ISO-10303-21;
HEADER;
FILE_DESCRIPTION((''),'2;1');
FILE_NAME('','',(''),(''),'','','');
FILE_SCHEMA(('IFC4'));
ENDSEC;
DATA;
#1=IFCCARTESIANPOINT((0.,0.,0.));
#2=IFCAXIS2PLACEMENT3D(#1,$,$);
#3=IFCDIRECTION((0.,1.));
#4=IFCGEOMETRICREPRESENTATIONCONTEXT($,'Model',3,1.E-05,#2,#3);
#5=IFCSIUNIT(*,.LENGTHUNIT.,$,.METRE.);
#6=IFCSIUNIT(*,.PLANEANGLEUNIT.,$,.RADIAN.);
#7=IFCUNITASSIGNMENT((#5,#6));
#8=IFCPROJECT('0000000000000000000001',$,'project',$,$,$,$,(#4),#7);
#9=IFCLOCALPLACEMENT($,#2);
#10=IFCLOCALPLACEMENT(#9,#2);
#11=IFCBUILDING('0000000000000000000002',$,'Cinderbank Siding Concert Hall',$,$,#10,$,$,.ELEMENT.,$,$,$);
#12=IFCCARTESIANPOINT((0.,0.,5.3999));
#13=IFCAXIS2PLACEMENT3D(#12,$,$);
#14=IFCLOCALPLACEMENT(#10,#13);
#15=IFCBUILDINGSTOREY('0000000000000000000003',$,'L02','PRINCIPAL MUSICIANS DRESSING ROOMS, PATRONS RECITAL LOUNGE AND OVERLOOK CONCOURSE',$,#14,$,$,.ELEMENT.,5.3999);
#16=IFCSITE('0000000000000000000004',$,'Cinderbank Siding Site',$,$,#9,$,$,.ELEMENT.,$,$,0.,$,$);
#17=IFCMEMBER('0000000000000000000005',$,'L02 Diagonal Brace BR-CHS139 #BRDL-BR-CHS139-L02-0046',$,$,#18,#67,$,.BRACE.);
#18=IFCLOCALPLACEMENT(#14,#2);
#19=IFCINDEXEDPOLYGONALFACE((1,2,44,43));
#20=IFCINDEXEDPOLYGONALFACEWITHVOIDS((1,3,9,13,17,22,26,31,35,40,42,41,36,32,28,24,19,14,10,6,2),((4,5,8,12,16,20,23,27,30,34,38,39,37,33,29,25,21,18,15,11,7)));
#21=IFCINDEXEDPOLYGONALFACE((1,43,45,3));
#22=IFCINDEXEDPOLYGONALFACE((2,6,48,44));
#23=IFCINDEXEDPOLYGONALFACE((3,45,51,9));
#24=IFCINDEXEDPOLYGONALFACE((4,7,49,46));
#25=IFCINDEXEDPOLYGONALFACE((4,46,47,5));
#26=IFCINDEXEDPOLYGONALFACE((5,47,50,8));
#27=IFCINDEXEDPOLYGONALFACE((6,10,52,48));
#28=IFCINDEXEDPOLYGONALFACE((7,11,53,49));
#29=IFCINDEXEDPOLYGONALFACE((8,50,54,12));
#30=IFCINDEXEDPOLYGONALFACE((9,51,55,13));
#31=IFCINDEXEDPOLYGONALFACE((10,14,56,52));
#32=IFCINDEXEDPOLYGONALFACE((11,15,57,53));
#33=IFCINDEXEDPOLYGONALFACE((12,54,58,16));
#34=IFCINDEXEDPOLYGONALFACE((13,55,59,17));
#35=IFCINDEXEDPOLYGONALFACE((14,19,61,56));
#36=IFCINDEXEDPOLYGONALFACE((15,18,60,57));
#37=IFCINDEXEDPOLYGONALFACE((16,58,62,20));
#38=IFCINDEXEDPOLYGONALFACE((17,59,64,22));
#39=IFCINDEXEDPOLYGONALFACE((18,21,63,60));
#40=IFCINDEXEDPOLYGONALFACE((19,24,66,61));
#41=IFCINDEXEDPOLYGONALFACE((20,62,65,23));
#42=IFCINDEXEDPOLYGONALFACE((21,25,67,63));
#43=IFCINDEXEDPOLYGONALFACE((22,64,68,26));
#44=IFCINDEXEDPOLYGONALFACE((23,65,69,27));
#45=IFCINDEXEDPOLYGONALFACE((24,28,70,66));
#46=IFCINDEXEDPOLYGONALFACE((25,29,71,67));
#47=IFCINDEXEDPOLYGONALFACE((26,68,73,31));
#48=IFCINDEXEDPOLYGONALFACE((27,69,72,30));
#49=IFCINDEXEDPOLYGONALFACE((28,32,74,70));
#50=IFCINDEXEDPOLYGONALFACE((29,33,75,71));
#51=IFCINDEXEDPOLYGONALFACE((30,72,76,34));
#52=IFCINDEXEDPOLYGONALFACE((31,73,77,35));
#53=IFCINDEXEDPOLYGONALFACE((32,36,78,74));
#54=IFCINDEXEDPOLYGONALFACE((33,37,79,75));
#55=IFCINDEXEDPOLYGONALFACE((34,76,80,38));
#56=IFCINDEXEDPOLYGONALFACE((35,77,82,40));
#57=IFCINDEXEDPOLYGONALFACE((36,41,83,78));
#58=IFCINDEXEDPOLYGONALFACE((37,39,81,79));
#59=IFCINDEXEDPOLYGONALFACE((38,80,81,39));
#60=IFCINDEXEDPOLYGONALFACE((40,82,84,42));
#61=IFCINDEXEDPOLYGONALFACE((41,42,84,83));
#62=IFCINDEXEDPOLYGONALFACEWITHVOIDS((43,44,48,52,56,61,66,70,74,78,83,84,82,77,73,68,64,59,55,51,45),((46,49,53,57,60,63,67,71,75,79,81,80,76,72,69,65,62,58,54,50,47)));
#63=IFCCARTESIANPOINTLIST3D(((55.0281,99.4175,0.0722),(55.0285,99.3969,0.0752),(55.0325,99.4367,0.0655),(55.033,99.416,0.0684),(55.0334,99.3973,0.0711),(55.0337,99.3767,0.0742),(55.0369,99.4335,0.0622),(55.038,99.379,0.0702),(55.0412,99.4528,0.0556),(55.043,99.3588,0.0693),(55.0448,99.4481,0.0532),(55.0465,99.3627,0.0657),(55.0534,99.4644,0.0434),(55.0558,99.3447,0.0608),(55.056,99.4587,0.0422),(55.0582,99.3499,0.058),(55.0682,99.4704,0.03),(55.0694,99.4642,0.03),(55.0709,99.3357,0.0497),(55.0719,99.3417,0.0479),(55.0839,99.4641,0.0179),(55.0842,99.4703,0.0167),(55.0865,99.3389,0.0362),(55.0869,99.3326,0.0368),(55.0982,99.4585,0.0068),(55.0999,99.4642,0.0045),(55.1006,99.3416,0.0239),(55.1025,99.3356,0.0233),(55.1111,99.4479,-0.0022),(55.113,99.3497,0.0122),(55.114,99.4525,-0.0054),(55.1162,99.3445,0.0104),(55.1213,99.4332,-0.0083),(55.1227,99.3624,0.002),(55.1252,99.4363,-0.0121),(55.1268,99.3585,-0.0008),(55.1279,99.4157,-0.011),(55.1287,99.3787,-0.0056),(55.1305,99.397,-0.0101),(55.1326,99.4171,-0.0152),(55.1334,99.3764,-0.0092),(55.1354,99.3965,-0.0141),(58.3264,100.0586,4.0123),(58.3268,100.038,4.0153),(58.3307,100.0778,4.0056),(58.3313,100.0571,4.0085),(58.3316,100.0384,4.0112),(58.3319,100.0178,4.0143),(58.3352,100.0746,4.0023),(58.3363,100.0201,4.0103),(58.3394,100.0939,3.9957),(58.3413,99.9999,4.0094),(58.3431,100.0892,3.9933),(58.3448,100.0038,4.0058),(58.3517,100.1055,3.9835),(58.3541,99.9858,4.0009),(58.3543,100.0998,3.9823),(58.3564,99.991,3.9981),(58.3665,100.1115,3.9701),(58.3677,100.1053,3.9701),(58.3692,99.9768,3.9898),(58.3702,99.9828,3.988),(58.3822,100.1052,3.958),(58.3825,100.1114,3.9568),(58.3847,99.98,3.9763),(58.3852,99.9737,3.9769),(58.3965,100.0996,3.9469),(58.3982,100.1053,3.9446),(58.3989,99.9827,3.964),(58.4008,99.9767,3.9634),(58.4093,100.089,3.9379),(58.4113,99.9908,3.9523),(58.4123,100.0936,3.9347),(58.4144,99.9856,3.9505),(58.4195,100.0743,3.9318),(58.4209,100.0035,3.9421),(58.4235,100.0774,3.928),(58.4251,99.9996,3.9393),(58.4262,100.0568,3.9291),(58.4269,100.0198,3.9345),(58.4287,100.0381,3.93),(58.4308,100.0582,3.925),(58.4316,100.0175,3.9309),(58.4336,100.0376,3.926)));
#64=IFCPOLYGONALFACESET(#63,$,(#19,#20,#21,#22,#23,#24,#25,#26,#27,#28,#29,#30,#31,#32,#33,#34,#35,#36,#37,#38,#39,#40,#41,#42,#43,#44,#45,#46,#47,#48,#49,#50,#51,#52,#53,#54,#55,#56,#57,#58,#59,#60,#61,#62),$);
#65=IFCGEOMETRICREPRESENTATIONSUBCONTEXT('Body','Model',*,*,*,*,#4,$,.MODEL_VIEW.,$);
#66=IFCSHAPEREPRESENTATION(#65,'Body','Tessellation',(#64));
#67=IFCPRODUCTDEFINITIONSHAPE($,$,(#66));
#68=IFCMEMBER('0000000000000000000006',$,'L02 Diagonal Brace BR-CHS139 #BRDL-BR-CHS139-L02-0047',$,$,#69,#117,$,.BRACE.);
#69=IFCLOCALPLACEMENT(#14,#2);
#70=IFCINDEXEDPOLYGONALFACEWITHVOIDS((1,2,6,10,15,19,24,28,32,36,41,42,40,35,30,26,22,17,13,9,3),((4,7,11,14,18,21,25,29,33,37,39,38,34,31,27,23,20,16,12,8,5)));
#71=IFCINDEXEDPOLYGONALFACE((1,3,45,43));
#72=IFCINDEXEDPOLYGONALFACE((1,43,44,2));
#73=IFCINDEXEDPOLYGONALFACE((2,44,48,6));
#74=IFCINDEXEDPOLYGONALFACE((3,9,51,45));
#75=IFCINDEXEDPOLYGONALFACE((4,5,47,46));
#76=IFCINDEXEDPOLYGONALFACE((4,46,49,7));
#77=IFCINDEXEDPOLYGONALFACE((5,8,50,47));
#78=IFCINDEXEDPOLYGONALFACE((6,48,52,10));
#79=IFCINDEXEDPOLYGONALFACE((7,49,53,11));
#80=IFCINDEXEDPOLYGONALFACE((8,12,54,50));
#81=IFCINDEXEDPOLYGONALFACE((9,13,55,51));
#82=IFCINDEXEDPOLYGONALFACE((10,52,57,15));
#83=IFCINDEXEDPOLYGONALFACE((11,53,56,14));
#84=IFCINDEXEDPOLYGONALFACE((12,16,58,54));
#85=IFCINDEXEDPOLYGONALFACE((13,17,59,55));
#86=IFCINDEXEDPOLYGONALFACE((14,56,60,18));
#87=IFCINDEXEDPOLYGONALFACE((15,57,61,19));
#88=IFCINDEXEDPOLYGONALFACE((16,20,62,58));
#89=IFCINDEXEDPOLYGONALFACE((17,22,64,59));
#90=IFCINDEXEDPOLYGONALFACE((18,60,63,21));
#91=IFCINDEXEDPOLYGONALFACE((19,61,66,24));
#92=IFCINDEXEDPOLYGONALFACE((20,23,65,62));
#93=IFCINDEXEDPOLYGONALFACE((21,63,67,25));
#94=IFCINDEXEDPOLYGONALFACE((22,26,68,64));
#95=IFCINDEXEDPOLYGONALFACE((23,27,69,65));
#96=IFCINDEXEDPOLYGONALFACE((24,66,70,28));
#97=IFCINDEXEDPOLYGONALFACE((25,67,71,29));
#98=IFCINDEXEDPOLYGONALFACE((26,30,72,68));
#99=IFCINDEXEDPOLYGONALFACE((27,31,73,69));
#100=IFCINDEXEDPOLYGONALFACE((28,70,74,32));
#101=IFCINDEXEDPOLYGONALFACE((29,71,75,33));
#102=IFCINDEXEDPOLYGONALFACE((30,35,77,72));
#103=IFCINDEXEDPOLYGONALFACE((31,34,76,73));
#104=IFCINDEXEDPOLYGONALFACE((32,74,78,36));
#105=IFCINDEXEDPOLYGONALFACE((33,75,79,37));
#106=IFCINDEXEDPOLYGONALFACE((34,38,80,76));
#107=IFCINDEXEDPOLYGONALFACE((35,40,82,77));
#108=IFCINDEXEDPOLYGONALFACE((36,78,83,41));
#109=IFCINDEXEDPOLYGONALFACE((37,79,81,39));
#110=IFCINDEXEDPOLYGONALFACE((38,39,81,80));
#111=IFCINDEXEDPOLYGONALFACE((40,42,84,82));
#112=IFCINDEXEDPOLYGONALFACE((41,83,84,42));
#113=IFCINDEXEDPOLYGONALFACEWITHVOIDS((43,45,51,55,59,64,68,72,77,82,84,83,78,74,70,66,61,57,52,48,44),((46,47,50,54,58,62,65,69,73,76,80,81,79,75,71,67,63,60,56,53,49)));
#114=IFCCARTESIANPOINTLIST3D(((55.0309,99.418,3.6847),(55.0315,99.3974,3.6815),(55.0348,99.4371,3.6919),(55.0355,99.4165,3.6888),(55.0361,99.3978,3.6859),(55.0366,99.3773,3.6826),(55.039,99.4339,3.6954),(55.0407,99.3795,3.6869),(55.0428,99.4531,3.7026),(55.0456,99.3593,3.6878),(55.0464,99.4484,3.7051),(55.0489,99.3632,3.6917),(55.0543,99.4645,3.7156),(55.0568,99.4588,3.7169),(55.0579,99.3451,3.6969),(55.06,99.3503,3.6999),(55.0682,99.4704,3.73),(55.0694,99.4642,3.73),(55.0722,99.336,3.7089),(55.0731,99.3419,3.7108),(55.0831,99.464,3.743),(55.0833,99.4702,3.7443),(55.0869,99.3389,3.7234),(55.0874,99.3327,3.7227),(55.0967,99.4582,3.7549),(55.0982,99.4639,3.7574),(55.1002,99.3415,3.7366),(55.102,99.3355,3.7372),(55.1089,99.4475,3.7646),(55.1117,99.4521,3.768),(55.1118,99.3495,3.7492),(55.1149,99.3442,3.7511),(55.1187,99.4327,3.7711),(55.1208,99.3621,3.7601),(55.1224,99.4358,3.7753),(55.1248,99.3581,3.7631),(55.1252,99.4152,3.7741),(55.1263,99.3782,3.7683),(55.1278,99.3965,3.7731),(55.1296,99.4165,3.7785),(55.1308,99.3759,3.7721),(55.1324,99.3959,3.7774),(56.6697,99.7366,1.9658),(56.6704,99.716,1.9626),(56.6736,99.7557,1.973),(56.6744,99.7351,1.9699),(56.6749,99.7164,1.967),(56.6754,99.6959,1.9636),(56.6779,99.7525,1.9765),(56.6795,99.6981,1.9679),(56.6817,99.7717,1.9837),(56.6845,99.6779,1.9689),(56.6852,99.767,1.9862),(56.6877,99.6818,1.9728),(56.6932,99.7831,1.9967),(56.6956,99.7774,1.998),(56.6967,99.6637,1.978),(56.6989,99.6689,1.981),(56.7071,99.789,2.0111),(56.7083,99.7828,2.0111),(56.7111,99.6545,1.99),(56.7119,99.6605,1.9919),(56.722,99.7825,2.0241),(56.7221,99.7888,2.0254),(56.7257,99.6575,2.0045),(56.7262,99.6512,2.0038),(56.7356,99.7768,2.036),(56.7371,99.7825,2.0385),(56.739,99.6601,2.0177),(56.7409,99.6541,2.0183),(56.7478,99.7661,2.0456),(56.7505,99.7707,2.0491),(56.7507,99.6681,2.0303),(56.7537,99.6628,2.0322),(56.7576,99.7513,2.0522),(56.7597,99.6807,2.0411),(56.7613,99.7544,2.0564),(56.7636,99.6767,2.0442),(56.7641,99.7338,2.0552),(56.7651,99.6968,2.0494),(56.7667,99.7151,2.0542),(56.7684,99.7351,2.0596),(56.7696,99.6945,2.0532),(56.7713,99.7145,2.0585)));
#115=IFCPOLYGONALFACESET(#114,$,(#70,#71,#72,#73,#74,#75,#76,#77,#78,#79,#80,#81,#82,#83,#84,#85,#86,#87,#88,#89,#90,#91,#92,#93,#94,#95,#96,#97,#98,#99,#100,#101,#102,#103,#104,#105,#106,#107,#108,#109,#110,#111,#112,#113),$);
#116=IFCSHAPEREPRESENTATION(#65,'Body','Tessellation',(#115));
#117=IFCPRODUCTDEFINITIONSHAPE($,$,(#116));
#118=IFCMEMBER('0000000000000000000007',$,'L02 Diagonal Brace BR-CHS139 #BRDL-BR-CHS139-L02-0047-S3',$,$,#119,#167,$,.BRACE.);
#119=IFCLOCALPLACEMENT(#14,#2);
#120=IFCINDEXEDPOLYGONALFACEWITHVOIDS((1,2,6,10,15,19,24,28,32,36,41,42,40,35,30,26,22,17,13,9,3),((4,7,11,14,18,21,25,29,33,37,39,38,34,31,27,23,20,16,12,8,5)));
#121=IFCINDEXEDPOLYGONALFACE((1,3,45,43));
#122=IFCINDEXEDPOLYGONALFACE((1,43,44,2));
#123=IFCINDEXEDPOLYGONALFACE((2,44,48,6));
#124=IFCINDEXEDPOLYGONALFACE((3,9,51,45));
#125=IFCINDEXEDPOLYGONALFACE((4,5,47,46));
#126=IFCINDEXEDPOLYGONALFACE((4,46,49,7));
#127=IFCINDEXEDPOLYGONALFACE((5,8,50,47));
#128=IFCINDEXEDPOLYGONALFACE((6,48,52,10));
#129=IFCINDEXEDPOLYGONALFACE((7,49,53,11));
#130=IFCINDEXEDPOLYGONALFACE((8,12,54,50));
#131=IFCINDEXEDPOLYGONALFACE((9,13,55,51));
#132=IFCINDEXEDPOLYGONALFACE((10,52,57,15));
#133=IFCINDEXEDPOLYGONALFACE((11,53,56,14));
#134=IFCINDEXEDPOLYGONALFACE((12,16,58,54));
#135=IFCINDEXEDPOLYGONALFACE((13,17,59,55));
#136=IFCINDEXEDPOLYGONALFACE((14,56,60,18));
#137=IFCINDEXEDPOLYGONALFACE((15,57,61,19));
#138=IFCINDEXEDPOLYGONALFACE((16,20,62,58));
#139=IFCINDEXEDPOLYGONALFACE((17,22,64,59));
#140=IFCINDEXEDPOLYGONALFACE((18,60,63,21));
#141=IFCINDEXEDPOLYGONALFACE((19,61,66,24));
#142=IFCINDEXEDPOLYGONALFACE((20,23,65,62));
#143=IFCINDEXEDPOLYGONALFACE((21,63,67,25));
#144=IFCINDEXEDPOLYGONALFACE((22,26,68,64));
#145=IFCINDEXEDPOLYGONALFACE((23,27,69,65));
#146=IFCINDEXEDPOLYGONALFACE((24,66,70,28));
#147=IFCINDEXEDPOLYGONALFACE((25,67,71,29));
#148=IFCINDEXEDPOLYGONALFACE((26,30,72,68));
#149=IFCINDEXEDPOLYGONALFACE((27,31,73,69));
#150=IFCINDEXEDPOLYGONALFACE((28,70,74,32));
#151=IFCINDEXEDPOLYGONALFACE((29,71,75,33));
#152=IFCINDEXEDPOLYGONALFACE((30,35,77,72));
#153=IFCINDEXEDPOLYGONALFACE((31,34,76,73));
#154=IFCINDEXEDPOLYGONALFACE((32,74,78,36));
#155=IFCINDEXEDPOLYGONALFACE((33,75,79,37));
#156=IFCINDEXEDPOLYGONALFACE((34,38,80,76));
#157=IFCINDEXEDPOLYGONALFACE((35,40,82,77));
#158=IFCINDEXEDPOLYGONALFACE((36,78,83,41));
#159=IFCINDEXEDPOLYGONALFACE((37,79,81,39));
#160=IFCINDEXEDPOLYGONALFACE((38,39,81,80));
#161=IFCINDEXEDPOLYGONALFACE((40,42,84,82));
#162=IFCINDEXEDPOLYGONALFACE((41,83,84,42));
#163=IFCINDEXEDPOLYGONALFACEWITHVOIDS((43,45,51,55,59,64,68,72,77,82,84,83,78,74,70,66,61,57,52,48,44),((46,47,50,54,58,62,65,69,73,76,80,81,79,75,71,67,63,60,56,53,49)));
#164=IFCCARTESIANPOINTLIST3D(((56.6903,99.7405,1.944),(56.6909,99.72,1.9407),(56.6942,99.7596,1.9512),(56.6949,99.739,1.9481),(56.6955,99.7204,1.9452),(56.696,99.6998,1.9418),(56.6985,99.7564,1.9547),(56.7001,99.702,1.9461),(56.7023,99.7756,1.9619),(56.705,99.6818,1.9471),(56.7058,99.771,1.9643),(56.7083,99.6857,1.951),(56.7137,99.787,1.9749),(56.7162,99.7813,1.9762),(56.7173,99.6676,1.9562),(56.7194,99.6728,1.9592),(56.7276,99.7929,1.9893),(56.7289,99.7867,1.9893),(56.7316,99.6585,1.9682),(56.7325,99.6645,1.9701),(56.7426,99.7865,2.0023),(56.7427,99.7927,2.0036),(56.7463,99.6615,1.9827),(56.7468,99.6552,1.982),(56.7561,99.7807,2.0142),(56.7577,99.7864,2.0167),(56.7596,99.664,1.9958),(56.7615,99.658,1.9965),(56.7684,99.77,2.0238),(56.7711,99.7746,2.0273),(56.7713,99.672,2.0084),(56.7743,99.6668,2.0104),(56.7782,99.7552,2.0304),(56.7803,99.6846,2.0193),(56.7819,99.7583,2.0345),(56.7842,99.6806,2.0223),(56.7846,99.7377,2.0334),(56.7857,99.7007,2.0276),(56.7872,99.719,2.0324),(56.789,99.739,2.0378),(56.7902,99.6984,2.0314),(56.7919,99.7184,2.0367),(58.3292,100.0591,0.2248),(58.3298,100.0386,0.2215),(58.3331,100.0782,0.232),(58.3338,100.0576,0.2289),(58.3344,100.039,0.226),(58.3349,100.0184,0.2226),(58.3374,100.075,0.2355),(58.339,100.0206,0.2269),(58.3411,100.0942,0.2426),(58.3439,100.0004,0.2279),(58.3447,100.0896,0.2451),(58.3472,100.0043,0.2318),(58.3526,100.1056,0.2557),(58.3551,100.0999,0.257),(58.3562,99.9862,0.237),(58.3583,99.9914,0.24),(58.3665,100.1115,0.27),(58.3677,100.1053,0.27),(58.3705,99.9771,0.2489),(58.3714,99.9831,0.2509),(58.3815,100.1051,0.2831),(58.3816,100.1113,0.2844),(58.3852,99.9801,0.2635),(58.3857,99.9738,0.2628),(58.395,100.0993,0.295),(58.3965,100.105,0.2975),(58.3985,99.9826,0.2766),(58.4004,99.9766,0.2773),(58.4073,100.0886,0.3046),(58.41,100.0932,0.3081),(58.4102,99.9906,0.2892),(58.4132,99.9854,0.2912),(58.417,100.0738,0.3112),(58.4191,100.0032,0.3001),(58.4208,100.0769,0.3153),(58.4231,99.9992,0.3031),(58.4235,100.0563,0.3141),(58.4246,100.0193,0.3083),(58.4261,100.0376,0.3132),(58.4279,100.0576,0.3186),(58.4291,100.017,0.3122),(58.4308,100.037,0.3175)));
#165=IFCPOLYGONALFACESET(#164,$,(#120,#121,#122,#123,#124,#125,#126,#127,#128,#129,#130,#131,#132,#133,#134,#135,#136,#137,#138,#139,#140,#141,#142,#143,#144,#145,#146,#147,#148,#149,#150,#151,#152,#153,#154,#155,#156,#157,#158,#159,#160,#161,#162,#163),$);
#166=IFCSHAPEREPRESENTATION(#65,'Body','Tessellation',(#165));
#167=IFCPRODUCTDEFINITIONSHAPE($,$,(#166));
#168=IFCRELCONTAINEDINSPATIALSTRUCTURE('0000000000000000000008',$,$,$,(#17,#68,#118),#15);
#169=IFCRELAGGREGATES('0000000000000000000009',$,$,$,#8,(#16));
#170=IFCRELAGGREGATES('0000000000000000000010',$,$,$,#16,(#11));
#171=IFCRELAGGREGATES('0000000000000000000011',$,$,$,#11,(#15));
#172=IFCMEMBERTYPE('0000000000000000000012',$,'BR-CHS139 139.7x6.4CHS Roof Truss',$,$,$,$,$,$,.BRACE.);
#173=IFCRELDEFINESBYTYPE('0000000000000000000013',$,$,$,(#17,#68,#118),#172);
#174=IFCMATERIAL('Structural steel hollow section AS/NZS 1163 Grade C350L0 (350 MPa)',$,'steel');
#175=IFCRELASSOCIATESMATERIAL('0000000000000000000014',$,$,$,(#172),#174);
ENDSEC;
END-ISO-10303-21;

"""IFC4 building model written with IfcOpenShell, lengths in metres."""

from ifc_helpers import new_model, si_unit, direction, frame, origin, origin_2d, place, context, subcontext, project, spatial, hollow_circle, extrude, material, material_profile, profile_set, type_object, element, save


model = new_model("IFC4")

# Units and contexts
model_context = context("Model", 3, precision=1e-05, world=origin(), true_north=direction((0.0, 1.0)))
body_context = subcontext(model_context, "Body", "Model", "MODEL_VIEW")
ifc_project = project(units=[si_unit("LENGTHUNIT", "METRE"), si_unit("PLANEANGLEUNIT", "RADIAN")], contexts=[model_context])

# Site, building, storey
site_placement = place(None, origin())
site = spatial("IfcSite", under=ifc_project, at=site_placement, Name="Cinderbank Siding Site", CompositionType="ELEMENT", RefElevation=0.0)
building_placement = place(site_placement, origin())
building = spatial("IfcBuilding", under=site, at=building_placement, Name="Cinderbank Siding Concert Hall", CompositionType="ELEMENT")
storey_placement = place(building_placement, frame((0.0, 0.0, 5.3999)))
storey = spatial("IfcBuildingStorey", under=building, at=storey_placement, Name="L02", Description="PRINCIPAL MUSICIANS DRESSING ROOMS, PATRONS RECITAL LOUNGE AND OVERLOOK CONCOURSE", CompositionType="ELEMENT", Elevation=5.3999)

# Members
ifc_material_1 = material(Name="Structural steel hollow section AS/NZS 1163 Grade C350L0 (350 MPa)", Category="steel")
ifc_material_profile_1 = material_profile(ifc_material_1, hollow_circle(Radius=0.0698, WallThickness=0.0063, at=origin_2d()), Name="139.7x6.4CHS", Category="LoadBearing")
ifc_profile_set_1 = profile_set([ifc_material_profile_1], Name="Structural steel hollow section AS/NZS 1163 Grade C350L0 (350 MPa)")
member_type_1 = type_object("IfcMemberType", Name="BR-CHS139 139.7x6.4CHS Roof Truss", PredefinedType="BRACE", material=ifc_profile_set_1)
member_1_placement = place(storey_placement, frame((55.0815, 99.4019, 0.03), z_axis=(0.63695, 0.123807, 0.760898), x_axis=(-0.190804, 0.981628, 0.0)))
element("IfcMember", 1, at=member_1_placement, inside=storey, type_object=member_type_1, Name="L02 Diagonal Brace BR-CHS139 #BRDL-BR-CHS139-L02-0046", PredefinedType="BRACE", context=body_context, shape_type="SweptSolid", body=[
    extrude(hollow_circle(Radius=0.0698, WallThickness=0.0063, at=origin_2d()), origin(), (0.0, 0.0, 1.0), 5.1782),
])
member_2_placement = place(storey_placement, frame((55.0815, 99.4019, 3.73), z_axis=(0.683922, 0.132954, -0.717338), x_axis=(-0.190827, 0.981624, 0.0)))
element("IfcMember", 2, at=member_2_placement, inside=storey, type_object=member_type_1, Name="L02 Diagonal Brace BR-CHS139 #BRDL-BR-CHS139-L02-0047", PredefinedType="BRACE", context=body_context, shape_type="SweptSolid", body=[
    extrude(hollow_circle(Radius=0.0698, WallThickness=0.0063, at=origin_2d()), origin(), (0.0, 0.0, 1.0), 2.3962),
])
member_3_placement = place(storey_placement, frame((56.741, 99.7244, 1.9893), z_axis=(0.683872, 0.132944, -0.717388), x_axis=(-0.190827, 0.981624, 0.0)))
element("IfcMember", 3, at=member_3_placement, inside=storey, type_object=member_type_1, Name="L02 Diagonal Brace BR-CHS139 #BRDL-BR-CHS139-L02-0047-S3", PredefinedType="BRACE", context=body_context, shape_type="SweptSolid", body=[
    extrude(hollow_circle(Radius=0.0698, WallThickness=0.0063, at=origin_2d()), origin(), (0.0, 0.0, 1.0), 2.3965),
])

save(model, "model.ifc")
